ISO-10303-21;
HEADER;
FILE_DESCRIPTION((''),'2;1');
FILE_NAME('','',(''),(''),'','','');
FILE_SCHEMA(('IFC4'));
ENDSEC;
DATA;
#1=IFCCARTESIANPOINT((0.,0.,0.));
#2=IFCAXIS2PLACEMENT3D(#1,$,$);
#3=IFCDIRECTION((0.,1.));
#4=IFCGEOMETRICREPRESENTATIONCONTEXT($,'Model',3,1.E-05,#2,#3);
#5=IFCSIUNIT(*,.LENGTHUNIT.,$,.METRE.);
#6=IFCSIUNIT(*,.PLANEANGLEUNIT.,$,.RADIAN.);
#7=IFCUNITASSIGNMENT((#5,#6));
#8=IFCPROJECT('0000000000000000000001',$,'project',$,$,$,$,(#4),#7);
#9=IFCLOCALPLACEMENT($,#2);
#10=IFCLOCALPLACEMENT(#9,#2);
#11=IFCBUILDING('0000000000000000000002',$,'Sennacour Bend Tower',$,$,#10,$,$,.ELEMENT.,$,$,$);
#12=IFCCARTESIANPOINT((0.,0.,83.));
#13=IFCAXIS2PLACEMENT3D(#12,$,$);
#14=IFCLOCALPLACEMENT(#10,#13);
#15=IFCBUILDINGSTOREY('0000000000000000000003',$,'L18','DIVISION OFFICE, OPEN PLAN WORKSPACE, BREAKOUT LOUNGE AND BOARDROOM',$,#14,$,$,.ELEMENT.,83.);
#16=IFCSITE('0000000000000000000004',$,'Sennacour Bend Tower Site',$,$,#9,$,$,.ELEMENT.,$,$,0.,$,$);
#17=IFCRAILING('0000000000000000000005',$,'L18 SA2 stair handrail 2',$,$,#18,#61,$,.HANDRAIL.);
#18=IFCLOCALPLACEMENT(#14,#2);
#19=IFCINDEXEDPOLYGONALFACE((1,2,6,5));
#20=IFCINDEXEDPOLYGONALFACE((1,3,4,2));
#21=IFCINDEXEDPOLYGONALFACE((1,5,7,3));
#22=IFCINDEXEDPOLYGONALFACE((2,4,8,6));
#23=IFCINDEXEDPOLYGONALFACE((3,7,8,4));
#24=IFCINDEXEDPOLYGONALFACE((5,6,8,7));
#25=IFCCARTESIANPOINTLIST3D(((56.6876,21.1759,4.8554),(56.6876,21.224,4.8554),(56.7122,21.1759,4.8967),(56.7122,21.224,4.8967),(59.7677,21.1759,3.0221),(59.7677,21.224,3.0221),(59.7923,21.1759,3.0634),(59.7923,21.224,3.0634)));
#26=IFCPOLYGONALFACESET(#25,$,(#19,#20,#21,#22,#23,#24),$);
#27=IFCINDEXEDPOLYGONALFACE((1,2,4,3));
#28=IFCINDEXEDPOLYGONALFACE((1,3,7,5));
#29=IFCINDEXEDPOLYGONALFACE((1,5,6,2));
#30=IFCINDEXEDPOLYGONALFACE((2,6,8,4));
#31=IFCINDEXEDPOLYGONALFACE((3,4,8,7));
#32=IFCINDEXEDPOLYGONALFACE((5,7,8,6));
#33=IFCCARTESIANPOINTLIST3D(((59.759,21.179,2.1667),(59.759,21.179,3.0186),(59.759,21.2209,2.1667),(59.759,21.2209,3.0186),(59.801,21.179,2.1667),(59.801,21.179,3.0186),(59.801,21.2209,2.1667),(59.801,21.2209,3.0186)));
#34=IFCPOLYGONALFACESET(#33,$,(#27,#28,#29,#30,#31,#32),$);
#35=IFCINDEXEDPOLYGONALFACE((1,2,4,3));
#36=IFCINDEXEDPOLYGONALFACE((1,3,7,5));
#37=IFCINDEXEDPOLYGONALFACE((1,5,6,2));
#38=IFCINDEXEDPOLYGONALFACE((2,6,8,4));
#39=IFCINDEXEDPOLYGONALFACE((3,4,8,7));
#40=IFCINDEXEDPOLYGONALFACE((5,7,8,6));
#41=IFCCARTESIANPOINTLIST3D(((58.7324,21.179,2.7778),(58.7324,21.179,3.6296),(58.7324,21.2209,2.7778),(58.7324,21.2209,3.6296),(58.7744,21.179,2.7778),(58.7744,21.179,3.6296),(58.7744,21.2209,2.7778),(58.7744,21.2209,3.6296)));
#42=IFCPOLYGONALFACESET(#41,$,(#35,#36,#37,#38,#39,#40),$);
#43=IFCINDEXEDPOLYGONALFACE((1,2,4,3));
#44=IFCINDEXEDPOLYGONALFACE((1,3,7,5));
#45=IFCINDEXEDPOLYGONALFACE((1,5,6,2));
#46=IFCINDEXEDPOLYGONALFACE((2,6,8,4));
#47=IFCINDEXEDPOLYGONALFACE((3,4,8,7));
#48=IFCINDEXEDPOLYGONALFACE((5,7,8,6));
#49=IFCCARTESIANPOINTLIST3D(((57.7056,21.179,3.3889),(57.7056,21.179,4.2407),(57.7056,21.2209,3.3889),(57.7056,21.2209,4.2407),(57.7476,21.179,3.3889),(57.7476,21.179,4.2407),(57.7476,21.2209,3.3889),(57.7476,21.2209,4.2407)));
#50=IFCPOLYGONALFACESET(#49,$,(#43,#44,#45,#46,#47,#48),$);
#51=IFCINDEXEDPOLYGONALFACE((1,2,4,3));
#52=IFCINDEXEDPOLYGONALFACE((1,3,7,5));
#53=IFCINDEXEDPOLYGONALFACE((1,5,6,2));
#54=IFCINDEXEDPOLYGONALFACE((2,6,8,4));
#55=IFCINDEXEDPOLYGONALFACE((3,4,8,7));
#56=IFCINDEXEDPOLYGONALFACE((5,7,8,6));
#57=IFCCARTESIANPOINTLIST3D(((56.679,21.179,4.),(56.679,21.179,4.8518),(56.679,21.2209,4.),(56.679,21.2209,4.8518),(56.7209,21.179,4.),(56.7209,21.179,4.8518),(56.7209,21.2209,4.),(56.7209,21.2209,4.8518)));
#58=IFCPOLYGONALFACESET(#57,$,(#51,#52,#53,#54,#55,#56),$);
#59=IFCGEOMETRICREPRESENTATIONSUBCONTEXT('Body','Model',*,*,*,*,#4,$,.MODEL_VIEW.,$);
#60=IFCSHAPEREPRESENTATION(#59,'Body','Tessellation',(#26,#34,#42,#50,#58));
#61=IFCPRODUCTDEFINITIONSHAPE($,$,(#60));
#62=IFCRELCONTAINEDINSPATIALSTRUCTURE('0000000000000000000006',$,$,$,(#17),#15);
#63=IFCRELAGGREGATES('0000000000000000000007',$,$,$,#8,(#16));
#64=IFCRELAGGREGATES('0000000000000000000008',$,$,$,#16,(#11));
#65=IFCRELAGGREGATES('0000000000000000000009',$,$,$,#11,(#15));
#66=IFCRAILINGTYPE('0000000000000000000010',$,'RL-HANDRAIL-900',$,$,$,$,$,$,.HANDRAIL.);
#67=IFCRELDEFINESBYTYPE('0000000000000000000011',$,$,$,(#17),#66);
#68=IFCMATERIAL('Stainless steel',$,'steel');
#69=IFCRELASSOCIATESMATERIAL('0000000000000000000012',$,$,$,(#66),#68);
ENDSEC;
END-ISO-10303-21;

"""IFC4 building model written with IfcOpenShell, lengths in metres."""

from ifc_helpers import new_model, si_unit, direction, frame, origin, origin_2d, place, context, subcontext, project, spatial, rectangle, extrude, material, type_object, element, save


model = new_model("IFC4")

# Units and contexts
model_context = context("Model", 3, precision=1e-05, world=origin(), true_north=direction((0.0, 1.0)))
body_context = subcontext(model_context, "Body", "Model", "MODEL_VIEW")
ifc_project = project(units=[si_unit("LENGTHUNIT", "METRE"), si_unit("PLANEANGLEUNIT", "RADIAN")], contexts=[model_context])

# Site, building, storey
site_placement = place(None, origin())
site = spatial("IfcSite", under=ifc_project, at=site_placement, Name="Sennacour Bend Tower Site", CompositionType="ELEMENT", RefElevation=0.0)
building_placement = place(site_placement, origin())
building = spatial("IfcBuilding", under=site, at=building_placement, Name="Sennacour Bend Tower", CompositionType="ELEMENT")
storey_placement = place(building_placement, frame((0.0, 0.0, 83.0)))
storey = spatial("IfcBuildingStorey", under=building, at=storey_placement, Name="L18", Description="DIVISION OFFICE, OPEN PLAN WORKSPACE, BREAKOUT LOUNGE AND BOARDROOM", CompositionType="ELEMENT", Elevation=83.0)

# Shared definitions
ifc_material_1 = material(Name="Stainless steel", Category="steel")

# Railing
railing_type_1 = type_object("IfcRailingType", Name="RL-HANDRAIL-900", PredefinedType="HANDRAIL", material=ifc_material_1)
railing_1_placement = place(storey_placement, frame((59.78, 21.2, 2.1667)))
element("IfcRailing", 1, at=railing_1_placement, inside=storey, type_object=railing_type_1, Name="L18 SA2 stair handrail 2", PredefinedType="HANDRAIL", context=body_context, shape_type="SweptSolid", body=[
    extrude(rectangle(XDim=0.0481, YDim=0.0481, at=origin_2d()), frame((0.0, 0.0, 0.876), z_axis=(-0.859309, 0.0, 0.511458), x_axis=(0.0, -1.0, 0.0)), (0.0, 0.0, 1.0), 3.5845),
    extrude(rectangle(XDim=0.042, YDim=0.042, at=origin_2d()), origin(), (0.0, 0.0, 1.0), 0.8518),
    extrude(rectangle(XDim=0.042, YDim=0.042, at=origin_2d()), frame((-1.0266, 0.0, 0.6111)), (0.0, 0.0, 1.0), 0.8518),
    extrude(rectangle(XDim=0.042, YDim=0.042, at=origin_2d()), frame((-2.0535, 0.0, 1.2222)), (0.0, 0.0, 1.0), 0.8518),
    extrude(rectangle(XDim=0.042, YDim=0.042, at=origin_2d()), frame((-3.0801, 0.0, 1.8333)), (0.0, 0.0, 1.0), 0.8518),
])

save(model, "model.ifc")
